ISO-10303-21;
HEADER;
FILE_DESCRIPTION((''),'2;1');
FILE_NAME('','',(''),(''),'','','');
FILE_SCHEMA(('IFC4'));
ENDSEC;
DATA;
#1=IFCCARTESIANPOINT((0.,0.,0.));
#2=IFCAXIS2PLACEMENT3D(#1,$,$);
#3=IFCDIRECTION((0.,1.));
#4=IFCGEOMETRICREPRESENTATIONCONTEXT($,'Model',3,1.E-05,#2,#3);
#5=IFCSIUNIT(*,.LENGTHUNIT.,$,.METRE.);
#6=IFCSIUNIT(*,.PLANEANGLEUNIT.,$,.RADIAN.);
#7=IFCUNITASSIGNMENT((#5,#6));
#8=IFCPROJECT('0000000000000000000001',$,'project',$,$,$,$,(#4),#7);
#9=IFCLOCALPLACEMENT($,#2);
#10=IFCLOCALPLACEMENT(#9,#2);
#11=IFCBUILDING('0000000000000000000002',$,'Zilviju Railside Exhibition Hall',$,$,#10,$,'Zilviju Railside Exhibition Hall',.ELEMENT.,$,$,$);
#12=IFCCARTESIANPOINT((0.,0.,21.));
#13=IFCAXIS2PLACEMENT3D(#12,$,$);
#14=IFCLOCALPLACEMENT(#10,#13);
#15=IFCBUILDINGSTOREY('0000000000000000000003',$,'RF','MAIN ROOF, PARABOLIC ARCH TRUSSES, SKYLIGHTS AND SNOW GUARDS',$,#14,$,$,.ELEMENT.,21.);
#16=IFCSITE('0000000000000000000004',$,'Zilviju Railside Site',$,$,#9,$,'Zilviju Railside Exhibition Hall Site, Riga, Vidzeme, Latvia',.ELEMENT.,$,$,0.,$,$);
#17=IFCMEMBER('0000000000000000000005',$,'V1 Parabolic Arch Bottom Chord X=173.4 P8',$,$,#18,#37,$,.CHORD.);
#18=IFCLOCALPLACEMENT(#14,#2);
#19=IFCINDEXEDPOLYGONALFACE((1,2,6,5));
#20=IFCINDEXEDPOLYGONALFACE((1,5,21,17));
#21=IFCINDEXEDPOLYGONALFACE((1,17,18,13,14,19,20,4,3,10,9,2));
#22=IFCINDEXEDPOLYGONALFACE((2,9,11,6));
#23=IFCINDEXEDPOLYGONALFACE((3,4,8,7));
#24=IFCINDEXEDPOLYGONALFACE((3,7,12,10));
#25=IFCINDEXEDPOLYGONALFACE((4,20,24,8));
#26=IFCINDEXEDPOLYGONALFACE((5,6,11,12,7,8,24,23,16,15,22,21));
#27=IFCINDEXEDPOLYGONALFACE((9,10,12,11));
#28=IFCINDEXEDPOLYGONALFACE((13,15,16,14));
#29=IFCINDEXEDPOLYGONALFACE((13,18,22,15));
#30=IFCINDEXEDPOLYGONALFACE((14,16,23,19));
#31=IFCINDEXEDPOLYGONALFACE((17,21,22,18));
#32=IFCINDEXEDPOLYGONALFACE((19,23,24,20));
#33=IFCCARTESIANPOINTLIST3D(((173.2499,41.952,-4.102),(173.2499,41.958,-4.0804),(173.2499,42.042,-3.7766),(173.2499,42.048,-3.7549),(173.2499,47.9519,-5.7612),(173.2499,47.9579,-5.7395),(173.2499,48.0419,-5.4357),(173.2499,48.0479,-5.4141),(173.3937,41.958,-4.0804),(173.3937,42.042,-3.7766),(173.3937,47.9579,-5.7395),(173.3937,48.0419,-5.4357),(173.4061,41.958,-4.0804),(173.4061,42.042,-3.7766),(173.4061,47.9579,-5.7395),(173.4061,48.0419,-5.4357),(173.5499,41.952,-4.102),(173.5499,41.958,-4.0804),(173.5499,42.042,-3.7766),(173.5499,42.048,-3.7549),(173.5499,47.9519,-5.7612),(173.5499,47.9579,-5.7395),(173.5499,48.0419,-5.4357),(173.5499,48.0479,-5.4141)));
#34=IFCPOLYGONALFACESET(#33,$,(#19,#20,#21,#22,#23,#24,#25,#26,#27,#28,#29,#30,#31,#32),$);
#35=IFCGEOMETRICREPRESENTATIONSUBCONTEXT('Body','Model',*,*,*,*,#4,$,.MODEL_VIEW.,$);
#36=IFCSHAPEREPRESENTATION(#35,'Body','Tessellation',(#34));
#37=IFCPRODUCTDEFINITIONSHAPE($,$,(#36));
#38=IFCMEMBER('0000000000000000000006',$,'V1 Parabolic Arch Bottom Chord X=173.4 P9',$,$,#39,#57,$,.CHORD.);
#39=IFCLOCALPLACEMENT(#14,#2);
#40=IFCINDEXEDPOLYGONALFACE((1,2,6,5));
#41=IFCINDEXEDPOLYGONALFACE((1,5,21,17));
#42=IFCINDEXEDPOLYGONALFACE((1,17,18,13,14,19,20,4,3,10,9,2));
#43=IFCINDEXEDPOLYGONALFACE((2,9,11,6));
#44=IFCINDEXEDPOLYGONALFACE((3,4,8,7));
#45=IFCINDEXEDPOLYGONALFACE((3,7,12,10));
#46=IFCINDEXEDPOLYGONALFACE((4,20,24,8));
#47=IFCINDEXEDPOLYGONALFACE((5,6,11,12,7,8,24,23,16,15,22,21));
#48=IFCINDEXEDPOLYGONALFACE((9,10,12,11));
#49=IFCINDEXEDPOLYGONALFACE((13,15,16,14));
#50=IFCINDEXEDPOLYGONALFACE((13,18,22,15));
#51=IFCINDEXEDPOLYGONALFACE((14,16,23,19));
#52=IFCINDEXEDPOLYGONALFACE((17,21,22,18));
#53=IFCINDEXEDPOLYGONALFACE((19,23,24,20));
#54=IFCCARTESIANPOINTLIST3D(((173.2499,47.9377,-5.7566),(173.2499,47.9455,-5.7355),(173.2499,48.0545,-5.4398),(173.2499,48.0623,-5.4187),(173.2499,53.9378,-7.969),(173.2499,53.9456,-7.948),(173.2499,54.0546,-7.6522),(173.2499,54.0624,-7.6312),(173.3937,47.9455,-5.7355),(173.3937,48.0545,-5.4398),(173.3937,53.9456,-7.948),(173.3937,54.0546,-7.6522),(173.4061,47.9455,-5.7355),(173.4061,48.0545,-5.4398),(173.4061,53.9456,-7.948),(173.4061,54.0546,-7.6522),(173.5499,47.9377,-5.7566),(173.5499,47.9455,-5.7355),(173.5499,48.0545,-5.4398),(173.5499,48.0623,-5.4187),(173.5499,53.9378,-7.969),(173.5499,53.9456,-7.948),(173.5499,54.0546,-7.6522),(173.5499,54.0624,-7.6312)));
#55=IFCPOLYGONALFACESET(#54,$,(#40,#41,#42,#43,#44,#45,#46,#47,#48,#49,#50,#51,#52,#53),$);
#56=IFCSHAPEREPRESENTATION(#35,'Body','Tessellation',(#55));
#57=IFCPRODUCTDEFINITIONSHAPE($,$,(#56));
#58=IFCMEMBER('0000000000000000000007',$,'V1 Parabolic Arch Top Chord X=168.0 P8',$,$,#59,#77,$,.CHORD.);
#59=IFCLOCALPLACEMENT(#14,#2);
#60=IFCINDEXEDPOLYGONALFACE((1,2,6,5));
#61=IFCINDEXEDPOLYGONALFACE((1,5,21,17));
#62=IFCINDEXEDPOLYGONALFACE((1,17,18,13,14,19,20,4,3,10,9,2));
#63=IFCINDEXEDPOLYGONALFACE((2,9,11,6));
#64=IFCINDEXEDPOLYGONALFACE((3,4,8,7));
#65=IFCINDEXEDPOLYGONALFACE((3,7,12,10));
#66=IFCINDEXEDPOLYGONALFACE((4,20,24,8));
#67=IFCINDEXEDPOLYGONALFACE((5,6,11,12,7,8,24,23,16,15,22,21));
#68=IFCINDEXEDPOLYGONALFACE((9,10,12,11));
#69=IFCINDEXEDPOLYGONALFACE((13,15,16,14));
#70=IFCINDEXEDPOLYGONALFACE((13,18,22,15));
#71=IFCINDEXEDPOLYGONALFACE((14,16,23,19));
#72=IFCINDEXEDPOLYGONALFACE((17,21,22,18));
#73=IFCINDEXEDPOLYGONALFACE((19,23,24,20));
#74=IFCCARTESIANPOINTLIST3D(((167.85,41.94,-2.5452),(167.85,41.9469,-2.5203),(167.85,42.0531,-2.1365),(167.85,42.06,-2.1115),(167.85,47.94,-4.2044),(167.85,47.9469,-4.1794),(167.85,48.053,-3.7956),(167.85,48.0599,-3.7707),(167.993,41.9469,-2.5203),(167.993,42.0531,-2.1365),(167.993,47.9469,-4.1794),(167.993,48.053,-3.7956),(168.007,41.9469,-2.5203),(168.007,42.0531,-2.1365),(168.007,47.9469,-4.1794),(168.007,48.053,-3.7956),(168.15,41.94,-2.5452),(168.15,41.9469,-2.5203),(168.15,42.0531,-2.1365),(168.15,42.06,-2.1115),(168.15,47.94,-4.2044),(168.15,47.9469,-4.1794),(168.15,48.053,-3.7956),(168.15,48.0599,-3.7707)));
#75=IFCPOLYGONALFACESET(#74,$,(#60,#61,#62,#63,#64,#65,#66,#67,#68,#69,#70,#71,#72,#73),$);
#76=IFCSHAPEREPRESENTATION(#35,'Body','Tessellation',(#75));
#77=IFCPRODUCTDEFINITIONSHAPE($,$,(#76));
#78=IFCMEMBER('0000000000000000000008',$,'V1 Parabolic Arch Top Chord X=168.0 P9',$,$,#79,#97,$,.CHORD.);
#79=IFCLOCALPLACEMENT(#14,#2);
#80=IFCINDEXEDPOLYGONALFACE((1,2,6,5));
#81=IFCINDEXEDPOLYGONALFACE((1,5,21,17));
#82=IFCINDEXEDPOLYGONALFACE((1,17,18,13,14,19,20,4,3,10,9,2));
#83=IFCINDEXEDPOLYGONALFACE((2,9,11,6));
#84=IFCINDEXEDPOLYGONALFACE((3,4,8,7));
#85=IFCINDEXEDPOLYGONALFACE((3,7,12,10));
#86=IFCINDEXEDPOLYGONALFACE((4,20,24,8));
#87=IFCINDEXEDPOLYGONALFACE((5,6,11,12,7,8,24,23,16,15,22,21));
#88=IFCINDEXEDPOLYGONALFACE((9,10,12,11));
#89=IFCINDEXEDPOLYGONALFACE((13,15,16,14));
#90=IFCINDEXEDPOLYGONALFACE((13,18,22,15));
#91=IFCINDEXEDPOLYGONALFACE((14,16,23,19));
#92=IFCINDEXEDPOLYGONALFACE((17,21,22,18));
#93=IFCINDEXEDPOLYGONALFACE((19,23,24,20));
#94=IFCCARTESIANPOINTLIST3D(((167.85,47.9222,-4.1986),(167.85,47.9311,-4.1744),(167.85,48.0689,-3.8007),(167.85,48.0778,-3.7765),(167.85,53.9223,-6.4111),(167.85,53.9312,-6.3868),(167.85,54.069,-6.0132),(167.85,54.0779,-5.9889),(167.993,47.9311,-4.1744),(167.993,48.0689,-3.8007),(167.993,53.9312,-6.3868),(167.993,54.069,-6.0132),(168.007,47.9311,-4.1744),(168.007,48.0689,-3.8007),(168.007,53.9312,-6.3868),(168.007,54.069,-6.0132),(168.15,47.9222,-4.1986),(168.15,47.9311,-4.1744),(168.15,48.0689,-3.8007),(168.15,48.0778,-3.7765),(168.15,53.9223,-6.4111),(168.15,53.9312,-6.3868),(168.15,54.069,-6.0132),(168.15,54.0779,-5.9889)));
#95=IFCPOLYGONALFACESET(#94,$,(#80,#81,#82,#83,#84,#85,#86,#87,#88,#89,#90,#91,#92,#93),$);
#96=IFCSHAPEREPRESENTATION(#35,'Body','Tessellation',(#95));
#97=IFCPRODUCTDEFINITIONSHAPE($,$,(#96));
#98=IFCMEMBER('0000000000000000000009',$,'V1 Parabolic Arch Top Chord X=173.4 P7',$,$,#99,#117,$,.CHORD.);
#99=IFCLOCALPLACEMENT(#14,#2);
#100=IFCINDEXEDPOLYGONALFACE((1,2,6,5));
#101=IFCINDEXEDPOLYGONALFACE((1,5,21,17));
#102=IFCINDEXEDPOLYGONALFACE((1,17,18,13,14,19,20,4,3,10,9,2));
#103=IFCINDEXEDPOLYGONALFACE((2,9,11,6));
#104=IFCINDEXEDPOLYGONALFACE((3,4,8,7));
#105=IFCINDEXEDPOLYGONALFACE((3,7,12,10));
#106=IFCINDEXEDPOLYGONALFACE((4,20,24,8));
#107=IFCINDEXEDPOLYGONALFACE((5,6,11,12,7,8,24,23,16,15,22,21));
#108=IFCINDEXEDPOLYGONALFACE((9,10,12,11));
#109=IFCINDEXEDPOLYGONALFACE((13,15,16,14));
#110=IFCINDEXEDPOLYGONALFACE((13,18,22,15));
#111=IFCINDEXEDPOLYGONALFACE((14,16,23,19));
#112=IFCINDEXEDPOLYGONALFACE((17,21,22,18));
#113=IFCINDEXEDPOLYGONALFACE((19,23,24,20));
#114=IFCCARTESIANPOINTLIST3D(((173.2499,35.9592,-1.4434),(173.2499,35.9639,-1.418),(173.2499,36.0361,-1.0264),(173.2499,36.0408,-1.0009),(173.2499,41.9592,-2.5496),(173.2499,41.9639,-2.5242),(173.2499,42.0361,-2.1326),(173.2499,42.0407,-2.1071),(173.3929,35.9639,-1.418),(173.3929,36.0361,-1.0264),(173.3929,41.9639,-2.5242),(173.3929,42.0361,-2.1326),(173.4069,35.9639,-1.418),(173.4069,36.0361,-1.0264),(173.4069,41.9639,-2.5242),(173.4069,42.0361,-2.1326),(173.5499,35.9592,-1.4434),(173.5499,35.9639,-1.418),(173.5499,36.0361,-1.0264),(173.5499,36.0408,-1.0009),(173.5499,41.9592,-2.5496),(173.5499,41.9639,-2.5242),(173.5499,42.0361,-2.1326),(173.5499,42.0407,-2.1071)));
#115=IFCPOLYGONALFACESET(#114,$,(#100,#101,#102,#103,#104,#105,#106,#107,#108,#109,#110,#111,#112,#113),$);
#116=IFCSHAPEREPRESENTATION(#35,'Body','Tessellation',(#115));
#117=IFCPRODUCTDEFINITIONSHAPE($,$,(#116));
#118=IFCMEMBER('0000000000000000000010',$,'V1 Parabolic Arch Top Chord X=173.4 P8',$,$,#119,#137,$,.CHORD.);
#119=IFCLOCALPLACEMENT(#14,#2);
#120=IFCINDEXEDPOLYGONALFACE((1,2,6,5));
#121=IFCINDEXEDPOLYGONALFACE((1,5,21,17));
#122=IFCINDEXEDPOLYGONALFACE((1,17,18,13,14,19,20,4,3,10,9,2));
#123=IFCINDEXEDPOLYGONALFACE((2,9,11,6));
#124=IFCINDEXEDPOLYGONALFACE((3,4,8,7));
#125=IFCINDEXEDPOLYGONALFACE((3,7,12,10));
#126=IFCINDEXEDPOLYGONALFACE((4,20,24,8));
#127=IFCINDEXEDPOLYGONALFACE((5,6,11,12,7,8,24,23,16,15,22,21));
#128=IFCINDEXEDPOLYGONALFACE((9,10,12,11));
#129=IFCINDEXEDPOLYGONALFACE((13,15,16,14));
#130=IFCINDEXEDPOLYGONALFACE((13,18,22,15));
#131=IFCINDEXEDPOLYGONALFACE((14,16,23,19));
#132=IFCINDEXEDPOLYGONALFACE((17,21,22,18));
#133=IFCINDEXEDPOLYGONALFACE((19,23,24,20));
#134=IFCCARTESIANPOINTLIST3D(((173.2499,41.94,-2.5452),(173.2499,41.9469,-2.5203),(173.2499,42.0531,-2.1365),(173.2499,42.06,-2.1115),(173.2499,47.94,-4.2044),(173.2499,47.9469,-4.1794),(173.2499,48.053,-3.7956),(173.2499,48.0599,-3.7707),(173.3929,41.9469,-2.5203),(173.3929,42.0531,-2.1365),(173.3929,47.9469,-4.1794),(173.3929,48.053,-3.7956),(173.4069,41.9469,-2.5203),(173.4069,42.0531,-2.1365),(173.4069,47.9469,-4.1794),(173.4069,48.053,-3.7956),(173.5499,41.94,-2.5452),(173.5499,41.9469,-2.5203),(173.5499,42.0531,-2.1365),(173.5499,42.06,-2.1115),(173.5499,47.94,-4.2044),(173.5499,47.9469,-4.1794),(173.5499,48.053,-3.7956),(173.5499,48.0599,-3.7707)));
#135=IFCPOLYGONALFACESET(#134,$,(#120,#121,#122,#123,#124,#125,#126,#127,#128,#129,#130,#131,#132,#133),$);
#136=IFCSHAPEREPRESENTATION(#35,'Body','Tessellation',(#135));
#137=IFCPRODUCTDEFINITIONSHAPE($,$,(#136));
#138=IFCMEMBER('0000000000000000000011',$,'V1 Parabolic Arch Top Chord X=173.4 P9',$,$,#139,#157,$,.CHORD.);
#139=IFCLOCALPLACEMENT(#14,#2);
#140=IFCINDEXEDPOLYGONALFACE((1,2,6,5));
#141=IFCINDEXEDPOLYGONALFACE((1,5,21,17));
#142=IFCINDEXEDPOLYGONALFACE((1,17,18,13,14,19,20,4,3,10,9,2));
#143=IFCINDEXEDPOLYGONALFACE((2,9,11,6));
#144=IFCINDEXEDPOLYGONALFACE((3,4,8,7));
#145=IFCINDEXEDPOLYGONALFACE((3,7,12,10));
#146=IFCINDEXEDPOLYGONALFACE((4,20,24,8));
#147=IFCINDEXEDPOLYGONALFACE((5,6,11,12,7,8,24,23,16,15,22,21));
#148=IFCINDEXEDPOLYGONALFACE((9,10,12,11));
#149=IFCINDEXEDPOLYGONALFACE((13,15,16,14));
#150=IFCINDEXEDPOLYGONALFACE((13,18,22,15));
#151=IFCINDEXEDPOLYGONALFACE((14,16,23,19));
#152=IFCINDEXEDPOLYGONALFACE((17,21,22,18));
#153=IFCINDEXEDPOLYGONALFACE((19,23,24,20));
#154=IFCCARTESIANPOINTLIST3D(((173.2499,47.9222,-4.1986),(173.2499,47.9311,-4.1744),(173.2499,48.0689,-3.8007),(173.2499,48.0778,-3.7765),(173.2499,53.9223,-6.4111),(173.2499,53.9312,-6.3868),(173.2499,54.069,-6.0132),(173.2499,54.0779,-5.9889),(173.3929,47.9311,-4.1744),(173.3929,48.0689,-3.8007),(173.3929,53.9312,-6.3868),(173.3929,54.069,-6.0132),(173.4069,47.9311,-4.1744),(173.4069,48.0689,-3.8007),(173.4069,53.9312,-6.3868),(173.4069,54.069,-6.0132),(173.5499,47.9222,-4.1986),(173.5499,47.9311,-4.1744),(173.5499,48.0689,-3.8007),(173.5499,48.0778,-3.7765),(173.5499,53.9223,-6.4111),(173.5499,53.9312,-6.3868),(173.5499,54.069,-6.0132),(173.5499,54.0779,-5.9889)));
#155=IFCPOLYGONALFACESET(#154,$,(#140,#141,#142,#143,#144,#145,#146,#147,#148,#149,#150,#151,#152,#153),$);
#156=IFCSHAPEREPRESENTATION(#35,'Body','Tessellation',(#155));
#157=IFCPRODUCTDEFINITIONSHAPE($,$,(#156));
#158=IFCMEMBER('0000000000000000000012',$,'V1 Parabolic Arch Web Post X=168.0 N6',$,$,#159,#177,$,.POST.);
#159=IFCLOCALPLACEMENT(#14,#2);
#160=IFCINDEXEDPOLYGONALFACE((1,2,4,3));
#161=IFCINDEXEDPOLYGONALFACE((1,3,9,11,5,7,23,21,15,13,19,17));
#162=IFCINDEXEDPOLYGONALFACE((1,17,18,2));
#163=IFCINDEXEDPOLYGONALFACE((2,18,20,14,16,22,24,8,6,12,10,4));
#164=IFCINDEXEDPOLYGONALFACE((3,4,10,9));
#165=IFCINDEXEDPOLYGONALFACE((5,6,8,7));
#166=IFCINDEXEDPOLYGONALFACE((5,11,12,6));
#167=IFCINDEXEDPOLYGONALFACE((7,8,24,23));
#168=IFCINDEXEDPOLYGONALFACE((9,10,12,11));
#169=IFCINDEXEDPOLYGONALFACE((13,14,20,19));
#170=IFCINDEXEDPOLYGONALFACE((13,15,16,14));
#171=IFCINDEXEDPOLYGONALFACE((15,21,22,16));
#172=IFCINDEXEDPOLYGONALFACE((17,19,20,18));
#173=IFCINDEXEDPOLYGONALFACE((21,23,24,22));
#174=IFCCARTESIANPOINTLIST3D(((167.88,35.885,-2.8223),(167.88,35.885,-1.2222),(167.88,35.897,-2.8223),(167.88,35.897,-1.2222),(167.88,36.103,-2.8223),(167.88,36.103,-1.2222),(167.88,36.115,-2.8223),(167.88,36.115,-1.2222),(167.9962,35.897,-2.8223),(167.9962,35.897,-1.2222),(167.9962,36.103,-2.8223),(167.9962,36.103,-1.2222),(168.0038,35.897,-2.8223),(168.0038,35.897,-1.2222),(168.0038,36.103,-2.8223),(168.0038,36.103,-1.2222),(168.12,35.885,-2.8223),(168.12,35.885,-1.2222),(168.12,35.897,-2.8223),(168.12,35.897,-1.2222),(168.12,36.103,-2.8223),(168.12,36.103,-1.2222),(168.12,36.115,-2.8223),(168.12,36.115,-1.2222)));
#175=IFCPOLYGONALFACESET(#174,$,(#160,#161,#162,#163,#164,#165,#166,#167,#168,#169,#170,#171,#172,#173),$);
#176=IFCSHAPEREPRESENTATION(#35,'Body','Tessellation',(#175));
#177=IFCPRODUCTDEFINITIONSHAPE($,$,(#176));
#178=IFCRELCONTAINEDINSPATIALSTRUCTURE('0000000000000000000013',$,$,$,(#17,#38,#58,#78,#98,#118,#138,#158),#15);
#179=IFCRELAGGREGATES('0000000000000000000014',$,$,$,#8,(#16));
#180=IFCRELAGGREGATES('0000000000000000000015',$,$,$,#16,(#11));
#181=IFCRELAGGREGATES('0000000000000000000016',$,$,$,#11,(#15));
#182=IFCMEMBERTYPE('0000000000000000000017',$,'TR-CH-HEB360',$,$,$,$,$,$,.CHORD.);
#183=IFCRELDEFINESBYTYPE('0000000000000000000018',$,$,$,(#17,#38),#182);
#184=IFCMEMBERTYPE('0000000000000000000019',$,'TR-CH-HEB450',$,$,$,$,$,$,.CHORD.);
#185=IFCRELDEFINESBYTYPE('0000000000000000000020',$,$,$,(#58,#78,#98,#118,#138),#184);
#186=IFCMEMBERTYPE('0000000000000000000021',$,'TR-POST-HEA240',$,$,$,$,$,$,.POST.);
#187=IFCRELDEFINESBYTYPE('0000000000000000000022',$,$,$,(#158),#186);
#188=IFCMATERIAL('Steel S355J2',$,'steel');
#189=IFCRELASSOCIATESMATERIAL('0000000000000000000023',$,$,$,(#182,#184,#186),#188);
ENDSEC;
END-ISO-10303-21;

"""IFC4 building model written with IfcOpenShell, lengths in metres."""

from ifc_helpers import new_model, si_unit, direction, frame, origin, origin_2d, place, context, subcontext, project, spatial, i_section, extrude, material, material_profile, profile_set, type_object, element, save


model = new_model("IFC4")

# Units and contexts
model_context = context("Model", 3, precision=1e-05, world=origin(), true_north=direction((0.0, 1.0)))
body_context = subcontext(model_context, "Body", "Model", "MODEL_VIEW")
ifc_project = project(units=[si_unit("LENGTHUNIT", "METRE"), si_unit("PLANEANGLEUNIT", "RADIAN")], contexts=[model_context])

# Site, building, storey
site_placement = place(None, origin())
site = spatial("IfcSite", under=ifc_project, at=site_placement, Name="Zilviju Railside Site", LongName="Zilviju Railside Exhibition Hall Site, Riga, Vidzeme, Latvia", CompositionType="ELEMENT", RefElevation=0.0)
building_placement = place(site_placement, origin())
building = spatial("IfcBuilding", under=site, at=building_placement, Name="Zilviju Railside Exhibition Hall", LongName="Zilviju Railside Exhibition Hall", CompositionType="ELEMENT")
storey_placement = place(building_placement, frame((0.0, 0.0, 21.0)))
storey = spatial("IfcBuildingStorey", under=building, at=storey_placement, Name="RF", Description="MAIN ROOF, PARABOLIC ARCH TRUSSES, SKYLIGHTS AND SNOW GUARDS", CompositionType="ELEMENT", Elevation=21.0)

# Members
ifc_material_1 = material(Name="Steel S355J2", Category="steel")
ifc_material_profile_1 = material_profile(ifc_material_1, i_section(OverallWidth=0.3, OverallDepth=0.3601, WebThickness=0.0125, FlangeThickness=0.0225, at=origin_2d()), Name="HEB 360")
ifc_profile_set_1 = profile_set([ifc_material_profile_1], Name="Steel S355J2")
member_type_1 = type_object("IfcMemberType", Name="TR-CH-HEB360", PredefinedType="CHORD", material=ifc_profile_set_1)
member_1_placement = place(storey_placement, frame((173.3999, 42.0, -3.9285), z_axis=(0.0, 0.963827, -0.266527), x_axis=(-1.0, 0.0, 0.0)))
element("IfcMember", 1, at=member_1_placement, inside=storey, type_object=member_type_1, Name="V1 Parabolic Arch Bottom Chord X=173.4 P8", PredefinedType="CHORD", context=body_context, shape_type="SweptSolid", body=[
    extrude(i_section(OverallWidth=0.3, OverallDepth=0.3601, WebThickness=0.0125, FlangeThickness=0.0225, at=origin_2d()), origin(), (0.0, 0.0, 1.0), 6.2251),
])
member_2_placement = place(storey_placement, frame((173.3999, 48.0, -5.5876), z_axis=(0.0, 0.938248, -0.345964), x_axis=(-1.0, 0.0, 0.0)))
element("IfcMember", 2, at=member_2_placement, inside=storey, type_object=member_type_1, Name="V1 Parabolic Arch Bottom Chord X=173.4 P9", PredefinedType="CHORD", context=body_context, shape_type="SweptSolid", body=[
    extrude(i_section(OverallWidth=0.3, OverallDepth=0.3601, WebThickness=0.0125, FlangeThickness=0.0225, at=origin_2d()), origin(), (0.0, 0.0, 1.0), 6.395),
])
ifc_material_profile_2 = material_profile(ifc_material_1, i_section(OverallWidth=0.3, OverallDepth=0.45, WebThickness=0.0139, FlangeThickness=0.0259, at=origin_2d()), Name="HEB 450")
ifc_profile_set_2 = profile_set([ifc_material_profile_2], Name="Steel S355J2")
member_type_2 = type_object("IfcMemberType", Name="TR-CH-HEB450", PredefinedType="CHORD", material=ifc_profile_set_2)
member_3_placement = place(storey_placement, frame((168.0, 42.0, -2.3284), z_axis=(0.0, 0.963827, -0.266527), x_axis=(-1.0, 0.0, 0.0)))
element("IfcMember", 3, at=member_3_placement, inside=storey, type_object=member_type_2, Name="V1 Parabolic Arch Top Chord X=168.0 P8", PredefinedType="CHORD", context=body_context, shape_type="SweptSolid", body=[
    extrude(i_section(OverallWidth=0.3, OverallDepth=0.45, WebThickness=0.0139, FlangeThickness=0.0259, at=origin_2d()), origin(), (0.0, 0.0, 1.0), 6.2251),
])
member_4_placement = place(storey_placement, frame((168.0, 48.0, -3.9875), z_axis=(0.0, 0.938248, -0.345964), x_axis=(-1.0, 0.0, 0.0)))
element("IfcMember", 4, at=member_4_placement, inside=storey, type_object=member_type_2, Name="V1 Parabolic Arch Top Chord X=168.0 P9", PredefinedType="CHORD", context=body_context, shape_type="SweptSolid", body=[
    extrude(i_section(OverallWidth=0.3, OverallDepth=0.45, WebThickness=0.0139, FlangeThickness=0.0259, at=origin_2d()), origin(), (0.0, 0.0, 1.0), 6.395),
])
member_5_placement = place(storey_placement, frame((173.3999, 36.0, -1.2222), z_axis=(0.0, 0.983426, -0.181311), x_axis=(-1.0, 0.0, 0.0)))
element("IfcMember", 5, at=member_5_placement, inside=storey, type_object=member_type_2, Name="V1 Parabolic Arch Top Chord X=173.4 P7", PredefinedType="CHORD", context=body_context, shape_type="SweptSolid", body=[
    extrude(i_section(OverallWidth=0.3, OverallDepth=0.45, WebThickness=0.0139, FlangeThickness=0.0259, at=origin_2d()), origin(), (0.0, 0.0, 1.0), 6.1011),
])
member_6_placement = place(storey_placement, frame((173.3999, 42.0, -2.3284), z_axis=(0.0, 0.963827, -0.266527), x_axis=(-1.0, 0.0, 0.0)))
element("IfcMember", 6, at=member_6_placement, inside=storey, type_object=member_type_2, Name="V1 Parabolic Arch Top Chord X=173.4 P8", PredefinedType="CHORD", context=body_context, shape_type="SweptSolid", body=[
    extrude(i_section(OverallWidth=0.3, OverallDepth=0.45, WebThickness=0.0139, FlangeThickness=0.0259, at=origin_2d()), origin(), (0.0, 0.0, 1.0), 6.2251),
])
member_7_placement = place(storey_placement, frame((173.3999, 48.0, -3.9875), z_axis=(0.0, 0.938248, -0.345964), x_axis=(-1.0, 0.0, 0.0)))
element("IfcMember", 7, at=member_7_placement, inside=storey, type_object=member_type_2, Name="V1 Parabolic Arch Top Chord X=173.4 P9", PredefinedType="CHORD", context=body_context, shape_type="SweptSolid", body=[
    extrude(i_section(OverallWidth=0.3, OverallDepth=0.45, WebThickness=0.0139, FlangeThickness=0.0259, at=origin_2d()), origin(), (0.0, 0.0, 1.0), 6.395),
])
ifc_material_profile_3 = material_profile(ifc_material_1, i_section(OverallWidth=0.24, OverallDepth=0.23, WebThickness=0.0076, FlangeThickness=0.012, at=origin_2d()), Name="HEA 240")
ifc_profile_set_3 = profile_set([ifc_material_profile_3], Name="Steel S355J2")
member_type_3 = type_object("IfcMemberType", Name="TR-POST-HEA240", PredefinedType="POST", material=ifc_profile_set_3)
for number, where, z_axis, x_axis, name in (
    (8, (168.0, 36.0, -2.8223), (0.0, 0.0, 1.0), (1.0, 0.0, 0.0), "V1 Parabolic Arch Web Post X=168.0 N6"),
):
    element("IfcMember", number, at=place(storey_placement, frame(where, z_axis=z_axis, x_axis=x_axis)), inside=storey, type_object=member_type_3, Name=name, PredefinedType="POST", context=body_context, shape_type="SweptSolid", body=[
        extrude(i_section(OverallWidth=0.24, OverallDepth=0.23, WebThickness=0.0076, FlangeThickness=0.012, at=origin_2d()), origin(), (0.0, 0.0, 1.0), 1.6001),
    ])

save(model, "model.ifc")
